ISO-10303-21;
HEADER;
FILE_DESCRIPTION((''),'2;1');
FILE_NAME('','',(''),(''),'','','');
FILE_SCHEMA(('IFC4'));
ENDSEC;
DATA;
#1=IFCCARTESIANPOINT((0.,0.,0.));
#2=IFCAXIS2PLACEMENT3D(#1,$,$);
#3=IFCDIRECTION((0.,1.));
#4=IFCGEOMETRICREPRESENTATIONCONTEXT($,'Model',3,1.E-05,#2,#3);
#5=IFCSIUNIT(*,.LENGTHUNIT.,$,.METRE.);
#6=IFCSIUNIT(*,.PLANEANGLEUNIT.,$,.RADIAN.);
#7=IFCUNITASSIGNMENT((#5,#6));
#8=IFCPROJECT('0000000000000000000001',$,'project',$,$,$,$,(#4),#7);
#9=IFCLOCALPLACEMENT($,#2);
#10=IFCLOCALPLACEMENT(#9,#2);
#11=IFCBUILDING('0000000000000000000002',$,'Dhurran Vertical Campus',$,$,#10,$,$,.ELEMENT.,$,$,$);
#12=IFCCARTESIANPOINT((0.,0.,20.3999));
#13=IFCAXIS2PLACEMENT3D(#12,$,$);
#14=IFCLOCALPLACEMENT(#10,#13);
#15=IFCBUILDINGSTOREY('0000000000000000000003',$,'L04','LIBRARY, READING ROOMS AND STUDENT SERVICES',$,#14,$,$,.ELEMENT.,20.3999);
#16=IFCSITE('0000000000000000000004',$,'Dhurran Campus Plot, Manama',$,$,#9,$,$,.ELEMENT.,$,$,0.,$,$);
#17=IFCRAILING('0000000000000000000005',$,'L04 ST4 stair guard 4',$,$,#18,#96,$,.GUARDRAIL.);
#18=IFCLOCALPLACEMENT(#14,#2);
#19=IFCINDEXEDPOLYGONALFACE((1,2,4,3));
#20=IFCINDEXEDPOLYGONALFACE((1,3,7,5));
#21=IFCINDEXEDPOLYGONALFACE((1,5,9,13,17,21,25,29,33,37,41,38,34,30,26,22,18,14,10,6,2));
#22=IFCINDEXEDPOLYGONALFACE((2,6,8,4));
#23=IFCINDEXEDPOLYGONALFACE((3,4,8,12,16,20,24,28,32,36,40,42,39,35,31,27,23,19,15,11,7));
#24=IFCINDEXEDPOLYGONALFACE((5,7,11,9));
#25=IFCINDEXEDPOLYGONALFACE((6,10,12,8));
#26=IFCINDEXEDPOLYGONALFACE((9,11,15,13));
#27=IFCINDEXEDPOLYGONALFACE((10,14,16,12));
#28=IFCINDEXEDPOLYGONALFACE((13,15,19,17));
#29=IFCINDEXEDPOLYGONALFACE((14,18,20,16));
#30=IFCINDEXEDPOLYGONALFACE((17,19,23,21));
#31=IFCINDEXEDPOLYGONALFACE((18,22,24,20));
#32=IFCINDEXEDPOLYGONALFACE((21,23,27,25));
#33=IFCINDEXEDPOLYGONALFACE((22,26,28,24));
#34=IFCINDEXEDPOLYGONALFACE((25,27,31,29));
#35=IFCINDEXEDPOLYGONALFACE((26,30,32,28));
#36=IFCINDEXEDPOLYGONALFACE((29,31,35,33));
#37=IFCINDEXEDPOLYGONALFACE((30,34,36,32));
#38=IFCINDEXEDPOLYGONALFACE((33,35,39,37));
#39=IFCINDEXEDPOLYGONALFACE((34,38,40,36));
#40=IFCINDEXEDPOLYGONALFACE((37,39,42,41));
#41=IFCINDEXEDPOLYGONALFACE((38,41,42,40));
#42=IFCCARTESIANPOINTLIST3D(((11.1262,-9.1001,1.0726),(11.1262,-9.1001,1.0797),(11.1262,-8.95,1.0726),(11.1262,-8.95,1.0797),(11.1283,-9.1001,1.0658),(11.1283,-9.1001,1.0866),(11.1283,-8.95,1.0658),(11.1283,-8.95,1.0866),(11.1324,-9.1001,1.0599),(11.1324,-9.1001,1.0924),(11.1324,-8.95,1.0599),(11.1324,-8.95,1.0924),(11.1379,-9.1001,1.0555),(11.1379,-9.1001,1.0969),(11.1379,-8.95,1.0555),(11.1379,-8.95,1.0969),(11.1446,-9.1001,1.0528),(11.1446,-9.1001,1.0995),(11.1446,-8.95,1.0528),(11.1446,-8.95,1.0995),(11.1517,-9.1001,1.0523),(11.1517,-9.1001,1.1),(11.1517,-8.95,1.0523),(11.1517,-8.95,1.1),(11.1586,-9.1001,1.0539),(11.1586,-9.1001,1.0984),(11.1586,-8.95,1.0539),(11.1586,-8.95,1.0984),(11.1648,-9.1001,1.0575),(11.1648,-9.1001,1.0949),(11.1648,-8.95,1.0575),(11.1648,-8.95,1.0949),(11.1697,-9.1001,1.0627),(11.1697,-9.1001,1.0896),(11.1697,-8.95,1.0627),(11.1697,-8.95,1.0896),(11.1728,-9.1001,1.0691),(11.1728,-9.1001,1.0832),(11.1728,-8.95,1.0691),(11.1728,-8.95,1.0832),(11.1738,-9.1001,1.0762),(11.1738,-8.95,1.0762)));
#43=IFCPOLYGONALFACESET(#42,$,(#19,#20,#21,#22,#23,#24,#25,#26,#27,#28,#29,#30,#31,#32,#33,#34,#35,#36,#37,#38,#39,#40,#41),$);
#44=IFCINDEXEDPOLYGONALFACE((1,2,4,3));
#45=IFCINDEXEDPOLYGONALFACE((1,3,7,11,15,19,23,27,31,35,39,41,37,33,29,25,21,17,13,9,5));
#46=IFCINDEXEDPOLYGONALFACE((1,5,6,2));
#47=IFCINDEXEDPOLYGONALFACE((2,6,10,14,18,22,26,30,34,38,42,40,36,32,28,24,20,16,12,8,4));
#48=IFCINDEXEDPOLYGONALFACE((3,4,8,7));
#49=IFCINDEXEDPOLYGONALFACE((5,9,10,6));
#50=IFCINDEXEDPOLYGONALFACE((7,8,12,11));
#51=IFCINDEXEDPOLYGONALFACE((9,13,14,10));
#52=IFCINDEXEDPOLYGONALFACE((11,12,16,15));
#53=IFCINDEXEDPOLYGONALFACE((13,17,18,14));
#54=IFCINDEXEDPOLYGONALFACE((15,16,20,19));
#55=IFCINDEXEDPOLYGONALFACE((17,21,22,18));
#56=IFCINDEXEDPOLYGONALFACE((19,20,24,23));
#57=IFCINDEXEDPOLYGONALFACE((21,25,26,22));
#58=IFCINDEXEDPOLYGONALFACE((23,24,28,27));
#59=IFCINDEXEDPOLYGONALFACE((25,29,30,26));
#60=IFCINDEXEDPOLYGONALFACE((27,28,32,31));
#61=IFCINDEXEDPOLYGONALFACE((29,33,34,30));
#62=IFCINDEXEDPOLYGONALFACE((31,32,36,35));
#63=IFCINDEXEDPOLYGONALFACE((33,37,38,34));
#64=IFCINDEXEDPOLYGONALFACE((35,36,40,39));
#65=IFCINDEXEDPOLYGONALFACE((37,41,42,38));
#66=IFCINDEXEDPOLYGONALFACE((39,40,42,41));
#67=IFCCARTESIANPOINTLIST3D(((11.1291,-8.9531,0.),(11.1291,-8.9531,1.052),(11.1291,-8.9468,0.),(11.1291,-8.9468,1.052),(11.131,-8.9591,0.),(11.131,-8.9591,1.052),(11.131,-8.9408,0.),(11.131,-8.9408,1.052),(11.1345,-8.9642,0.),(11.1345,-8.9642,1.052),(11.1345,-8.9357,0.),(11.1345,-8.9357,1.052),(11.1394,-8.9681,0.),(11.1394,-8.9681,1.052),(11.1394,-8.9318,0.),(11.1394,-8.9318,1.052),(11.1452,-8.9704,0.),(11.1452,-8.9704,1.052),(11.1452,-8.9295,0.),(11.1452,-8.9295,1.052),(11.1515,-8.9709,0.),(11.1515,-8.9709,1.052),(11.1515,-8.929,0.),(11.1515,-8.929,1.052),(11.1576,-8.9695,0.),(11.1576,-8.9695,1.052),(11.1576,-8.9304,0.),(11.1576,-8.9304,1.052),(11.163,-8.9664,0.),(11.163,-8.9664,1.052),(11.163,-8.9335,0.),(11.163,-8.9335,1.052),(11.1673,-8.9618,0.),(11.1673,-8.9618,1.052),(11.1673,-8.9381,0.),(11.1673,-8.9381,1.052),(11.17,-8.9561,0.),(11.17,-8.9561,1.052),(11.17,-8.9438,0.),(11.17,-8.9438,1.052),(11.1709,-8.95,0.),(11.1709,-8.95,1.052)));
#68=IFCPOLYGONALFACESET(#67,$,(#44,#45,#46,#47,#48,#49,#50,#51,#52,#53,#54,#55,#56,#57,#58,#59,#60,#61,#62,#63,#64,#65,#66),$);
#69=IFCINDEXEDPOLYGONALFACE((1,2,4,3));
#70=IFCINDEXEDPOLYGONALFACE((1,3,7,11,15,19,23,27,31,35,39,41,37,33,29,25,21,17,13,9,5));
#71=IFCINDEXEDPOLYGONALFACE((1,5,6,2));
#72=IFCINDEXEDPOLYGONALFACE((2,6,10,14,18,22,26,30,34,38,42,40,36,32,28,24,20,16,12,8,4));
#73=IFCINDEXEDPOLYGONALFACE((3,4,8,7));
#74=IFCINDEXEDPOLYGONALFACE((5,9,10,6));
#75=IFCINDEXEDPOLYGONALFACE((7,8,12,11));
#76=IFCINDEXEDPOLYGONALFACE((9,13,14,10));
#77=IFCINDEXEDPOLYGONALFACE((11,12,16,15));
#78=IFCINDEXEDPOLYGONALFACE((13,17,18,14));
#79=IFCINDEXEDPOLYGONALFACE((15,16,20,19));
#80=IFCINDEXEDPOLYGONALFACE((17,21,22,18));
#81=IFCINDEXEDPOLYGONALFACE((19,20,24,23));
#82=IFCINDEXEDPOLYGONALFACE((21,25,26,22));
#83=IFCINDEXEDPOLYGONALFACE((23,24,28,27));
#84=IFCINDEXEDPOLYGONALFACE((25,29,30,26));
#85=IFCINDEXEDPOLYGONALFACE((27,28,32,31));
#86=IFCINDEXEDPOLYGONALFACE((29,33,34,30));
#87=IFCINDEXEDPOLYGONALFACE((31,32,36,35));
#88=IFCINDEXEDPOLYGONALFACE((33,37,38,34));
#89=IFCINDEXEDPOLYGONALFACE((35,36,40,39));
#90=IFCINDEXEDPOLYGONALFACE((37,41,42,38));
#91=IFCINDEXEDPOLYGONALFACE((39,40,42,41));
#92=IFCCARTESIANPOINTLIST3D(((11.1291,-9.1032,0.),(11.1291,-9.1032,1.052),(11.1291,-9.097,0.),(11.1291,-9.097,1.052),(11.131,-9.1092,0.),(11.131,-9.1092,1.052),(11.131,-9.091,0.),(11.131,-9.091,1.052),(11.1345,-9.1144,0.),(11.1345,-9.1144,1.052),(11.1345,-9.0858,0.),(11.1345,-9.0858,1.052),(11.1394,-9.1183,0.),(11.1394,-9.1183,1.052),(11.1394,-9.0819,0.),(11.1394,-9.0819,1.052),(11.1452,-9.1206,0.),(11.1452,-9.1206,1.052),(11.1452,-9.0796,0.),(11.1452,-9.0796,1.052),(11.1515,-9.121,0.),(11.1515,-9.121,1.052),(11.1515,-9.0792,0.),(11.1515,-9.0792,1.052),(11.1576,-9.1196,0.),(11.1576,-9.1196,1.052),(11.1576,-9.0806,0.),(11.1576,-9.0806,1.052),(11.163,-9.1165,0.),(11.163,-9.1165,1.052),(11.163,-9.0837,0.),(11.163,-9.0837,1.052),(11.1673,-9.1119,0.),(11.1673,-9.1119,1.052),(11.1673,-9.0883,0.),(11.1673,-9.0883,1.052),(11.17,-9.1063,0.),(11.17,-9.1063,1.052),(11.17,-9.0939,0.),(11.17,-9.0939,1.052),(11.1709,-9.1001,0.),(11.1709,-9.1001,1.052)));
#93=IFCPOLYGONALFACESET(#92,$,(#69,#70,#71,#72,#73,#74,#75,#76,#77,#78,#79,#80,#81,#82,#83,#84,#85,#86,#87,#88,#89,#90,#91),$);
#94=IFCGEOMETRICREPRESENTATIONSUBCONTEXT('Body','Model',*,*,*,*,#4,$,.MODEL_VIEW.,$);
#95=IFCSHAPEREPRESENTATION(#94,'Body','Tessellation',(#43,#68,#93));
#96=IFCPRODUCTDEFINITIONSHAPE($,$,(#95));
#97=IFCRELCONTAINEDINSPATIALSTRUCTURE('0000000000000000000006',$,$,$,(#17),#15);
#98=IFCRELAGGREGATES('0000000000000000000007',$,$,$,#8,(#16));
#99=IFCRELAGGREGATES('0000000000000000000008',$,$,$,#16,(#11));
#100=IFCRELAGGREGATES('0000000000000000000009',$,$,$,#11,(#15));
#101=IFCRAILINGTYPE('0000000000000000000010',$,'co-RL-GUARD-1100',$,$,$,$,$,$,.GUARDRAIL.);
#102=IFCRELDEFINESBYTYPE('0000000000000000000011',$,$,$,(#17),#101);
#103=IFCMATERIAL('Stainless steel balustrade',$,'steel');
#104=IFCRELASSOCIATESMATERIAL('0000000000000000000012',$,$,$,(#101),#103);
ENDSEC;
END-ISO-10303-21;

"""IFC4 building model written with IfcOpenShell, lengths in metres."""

from ifc_helpers import new_model, si_unit, direction, frame, origin, origin_2d, place, context, subcontext, project, spatial, circle, extrude, material, type_object, element, save


model = new_model("IFC4")

# Units and contexts
model_context = context("Model", 3, precision=1e-05, world=origin(), true_north=direction((0.0, 1.0)))
body_context = subcontext(model_context, "Body", "Model", "MODEL_VIEW")
ifc_project = project(units=[si_unit("LENGTHUNIT", "METRE"), si_unit("PLANEANGLEUNIT", "RADIAN")], contexts=[model_context])

# Site, building, storey
site_placement = place(None, origin())
site = spatial("IfcSite", under=ifc_project, at=site_placement, Name="Dhurran Campus Plot, Manama", CompositionType="ELEMENT", RefElevation=0.0)
building_placement = place(site_placement, origin())
building = spatial("IfcBuilding", under=site, at=building_placement, Name="Dhurran Vertical Campus", CompositionType="ELEMENT")
storey_placement = place(building_placement, frame((0.0, 0.0, 20.3999)))
storey = spatial("IfcBuildingStorey", under=building, at=storey_placement, Name="L04", Description="LIBRARY, READING ROOMS AND STUDENT SERVICES", CompositionType="ELEMENT", Elevation=20.3999)

# Railing
ifc_material_1 = material(Name="Stainless steel balustrade", Category="steel")
railing_type_1 = type_object("IfcRailingType", Name="co-RL-GUARD-1100", PredefinedType="GUARDRAIL", material=ifc_material_1)
railing_1_placement = place(storey_placement, frame((11.1499, -8.95, 0.0)))
element("IfcRailing", 1, at=railing_1_placement, inside=storey, type_object=railing_type_1, Name="L04 ST4 stair guard 4", PredefinedType="GUARDRAIL", context=body_context, shape_type="SweptSolid", body=[
    extrude(circle(Radius=0.0239, at=origin_2d()), frame((0.0, 0.0, 1.0762), z_axis=(0.0, -1.0, 0.0), x_axis=(1.0, 0.0, 0.0)), (0.0, 0.0, 1.0), 0.1501),
    extrude(circle(Radius=0.021, at=origin_2d()), origin(), (0.0, 0.0, 1.0), 1.052),
    extrude(circle(Radius=0.021, at=origin_2d()), frame((0.0, -0.1501, 0.0)), (0.0, 0.0, 1.0), 1.052),
])

save(model, "model.ifc")
